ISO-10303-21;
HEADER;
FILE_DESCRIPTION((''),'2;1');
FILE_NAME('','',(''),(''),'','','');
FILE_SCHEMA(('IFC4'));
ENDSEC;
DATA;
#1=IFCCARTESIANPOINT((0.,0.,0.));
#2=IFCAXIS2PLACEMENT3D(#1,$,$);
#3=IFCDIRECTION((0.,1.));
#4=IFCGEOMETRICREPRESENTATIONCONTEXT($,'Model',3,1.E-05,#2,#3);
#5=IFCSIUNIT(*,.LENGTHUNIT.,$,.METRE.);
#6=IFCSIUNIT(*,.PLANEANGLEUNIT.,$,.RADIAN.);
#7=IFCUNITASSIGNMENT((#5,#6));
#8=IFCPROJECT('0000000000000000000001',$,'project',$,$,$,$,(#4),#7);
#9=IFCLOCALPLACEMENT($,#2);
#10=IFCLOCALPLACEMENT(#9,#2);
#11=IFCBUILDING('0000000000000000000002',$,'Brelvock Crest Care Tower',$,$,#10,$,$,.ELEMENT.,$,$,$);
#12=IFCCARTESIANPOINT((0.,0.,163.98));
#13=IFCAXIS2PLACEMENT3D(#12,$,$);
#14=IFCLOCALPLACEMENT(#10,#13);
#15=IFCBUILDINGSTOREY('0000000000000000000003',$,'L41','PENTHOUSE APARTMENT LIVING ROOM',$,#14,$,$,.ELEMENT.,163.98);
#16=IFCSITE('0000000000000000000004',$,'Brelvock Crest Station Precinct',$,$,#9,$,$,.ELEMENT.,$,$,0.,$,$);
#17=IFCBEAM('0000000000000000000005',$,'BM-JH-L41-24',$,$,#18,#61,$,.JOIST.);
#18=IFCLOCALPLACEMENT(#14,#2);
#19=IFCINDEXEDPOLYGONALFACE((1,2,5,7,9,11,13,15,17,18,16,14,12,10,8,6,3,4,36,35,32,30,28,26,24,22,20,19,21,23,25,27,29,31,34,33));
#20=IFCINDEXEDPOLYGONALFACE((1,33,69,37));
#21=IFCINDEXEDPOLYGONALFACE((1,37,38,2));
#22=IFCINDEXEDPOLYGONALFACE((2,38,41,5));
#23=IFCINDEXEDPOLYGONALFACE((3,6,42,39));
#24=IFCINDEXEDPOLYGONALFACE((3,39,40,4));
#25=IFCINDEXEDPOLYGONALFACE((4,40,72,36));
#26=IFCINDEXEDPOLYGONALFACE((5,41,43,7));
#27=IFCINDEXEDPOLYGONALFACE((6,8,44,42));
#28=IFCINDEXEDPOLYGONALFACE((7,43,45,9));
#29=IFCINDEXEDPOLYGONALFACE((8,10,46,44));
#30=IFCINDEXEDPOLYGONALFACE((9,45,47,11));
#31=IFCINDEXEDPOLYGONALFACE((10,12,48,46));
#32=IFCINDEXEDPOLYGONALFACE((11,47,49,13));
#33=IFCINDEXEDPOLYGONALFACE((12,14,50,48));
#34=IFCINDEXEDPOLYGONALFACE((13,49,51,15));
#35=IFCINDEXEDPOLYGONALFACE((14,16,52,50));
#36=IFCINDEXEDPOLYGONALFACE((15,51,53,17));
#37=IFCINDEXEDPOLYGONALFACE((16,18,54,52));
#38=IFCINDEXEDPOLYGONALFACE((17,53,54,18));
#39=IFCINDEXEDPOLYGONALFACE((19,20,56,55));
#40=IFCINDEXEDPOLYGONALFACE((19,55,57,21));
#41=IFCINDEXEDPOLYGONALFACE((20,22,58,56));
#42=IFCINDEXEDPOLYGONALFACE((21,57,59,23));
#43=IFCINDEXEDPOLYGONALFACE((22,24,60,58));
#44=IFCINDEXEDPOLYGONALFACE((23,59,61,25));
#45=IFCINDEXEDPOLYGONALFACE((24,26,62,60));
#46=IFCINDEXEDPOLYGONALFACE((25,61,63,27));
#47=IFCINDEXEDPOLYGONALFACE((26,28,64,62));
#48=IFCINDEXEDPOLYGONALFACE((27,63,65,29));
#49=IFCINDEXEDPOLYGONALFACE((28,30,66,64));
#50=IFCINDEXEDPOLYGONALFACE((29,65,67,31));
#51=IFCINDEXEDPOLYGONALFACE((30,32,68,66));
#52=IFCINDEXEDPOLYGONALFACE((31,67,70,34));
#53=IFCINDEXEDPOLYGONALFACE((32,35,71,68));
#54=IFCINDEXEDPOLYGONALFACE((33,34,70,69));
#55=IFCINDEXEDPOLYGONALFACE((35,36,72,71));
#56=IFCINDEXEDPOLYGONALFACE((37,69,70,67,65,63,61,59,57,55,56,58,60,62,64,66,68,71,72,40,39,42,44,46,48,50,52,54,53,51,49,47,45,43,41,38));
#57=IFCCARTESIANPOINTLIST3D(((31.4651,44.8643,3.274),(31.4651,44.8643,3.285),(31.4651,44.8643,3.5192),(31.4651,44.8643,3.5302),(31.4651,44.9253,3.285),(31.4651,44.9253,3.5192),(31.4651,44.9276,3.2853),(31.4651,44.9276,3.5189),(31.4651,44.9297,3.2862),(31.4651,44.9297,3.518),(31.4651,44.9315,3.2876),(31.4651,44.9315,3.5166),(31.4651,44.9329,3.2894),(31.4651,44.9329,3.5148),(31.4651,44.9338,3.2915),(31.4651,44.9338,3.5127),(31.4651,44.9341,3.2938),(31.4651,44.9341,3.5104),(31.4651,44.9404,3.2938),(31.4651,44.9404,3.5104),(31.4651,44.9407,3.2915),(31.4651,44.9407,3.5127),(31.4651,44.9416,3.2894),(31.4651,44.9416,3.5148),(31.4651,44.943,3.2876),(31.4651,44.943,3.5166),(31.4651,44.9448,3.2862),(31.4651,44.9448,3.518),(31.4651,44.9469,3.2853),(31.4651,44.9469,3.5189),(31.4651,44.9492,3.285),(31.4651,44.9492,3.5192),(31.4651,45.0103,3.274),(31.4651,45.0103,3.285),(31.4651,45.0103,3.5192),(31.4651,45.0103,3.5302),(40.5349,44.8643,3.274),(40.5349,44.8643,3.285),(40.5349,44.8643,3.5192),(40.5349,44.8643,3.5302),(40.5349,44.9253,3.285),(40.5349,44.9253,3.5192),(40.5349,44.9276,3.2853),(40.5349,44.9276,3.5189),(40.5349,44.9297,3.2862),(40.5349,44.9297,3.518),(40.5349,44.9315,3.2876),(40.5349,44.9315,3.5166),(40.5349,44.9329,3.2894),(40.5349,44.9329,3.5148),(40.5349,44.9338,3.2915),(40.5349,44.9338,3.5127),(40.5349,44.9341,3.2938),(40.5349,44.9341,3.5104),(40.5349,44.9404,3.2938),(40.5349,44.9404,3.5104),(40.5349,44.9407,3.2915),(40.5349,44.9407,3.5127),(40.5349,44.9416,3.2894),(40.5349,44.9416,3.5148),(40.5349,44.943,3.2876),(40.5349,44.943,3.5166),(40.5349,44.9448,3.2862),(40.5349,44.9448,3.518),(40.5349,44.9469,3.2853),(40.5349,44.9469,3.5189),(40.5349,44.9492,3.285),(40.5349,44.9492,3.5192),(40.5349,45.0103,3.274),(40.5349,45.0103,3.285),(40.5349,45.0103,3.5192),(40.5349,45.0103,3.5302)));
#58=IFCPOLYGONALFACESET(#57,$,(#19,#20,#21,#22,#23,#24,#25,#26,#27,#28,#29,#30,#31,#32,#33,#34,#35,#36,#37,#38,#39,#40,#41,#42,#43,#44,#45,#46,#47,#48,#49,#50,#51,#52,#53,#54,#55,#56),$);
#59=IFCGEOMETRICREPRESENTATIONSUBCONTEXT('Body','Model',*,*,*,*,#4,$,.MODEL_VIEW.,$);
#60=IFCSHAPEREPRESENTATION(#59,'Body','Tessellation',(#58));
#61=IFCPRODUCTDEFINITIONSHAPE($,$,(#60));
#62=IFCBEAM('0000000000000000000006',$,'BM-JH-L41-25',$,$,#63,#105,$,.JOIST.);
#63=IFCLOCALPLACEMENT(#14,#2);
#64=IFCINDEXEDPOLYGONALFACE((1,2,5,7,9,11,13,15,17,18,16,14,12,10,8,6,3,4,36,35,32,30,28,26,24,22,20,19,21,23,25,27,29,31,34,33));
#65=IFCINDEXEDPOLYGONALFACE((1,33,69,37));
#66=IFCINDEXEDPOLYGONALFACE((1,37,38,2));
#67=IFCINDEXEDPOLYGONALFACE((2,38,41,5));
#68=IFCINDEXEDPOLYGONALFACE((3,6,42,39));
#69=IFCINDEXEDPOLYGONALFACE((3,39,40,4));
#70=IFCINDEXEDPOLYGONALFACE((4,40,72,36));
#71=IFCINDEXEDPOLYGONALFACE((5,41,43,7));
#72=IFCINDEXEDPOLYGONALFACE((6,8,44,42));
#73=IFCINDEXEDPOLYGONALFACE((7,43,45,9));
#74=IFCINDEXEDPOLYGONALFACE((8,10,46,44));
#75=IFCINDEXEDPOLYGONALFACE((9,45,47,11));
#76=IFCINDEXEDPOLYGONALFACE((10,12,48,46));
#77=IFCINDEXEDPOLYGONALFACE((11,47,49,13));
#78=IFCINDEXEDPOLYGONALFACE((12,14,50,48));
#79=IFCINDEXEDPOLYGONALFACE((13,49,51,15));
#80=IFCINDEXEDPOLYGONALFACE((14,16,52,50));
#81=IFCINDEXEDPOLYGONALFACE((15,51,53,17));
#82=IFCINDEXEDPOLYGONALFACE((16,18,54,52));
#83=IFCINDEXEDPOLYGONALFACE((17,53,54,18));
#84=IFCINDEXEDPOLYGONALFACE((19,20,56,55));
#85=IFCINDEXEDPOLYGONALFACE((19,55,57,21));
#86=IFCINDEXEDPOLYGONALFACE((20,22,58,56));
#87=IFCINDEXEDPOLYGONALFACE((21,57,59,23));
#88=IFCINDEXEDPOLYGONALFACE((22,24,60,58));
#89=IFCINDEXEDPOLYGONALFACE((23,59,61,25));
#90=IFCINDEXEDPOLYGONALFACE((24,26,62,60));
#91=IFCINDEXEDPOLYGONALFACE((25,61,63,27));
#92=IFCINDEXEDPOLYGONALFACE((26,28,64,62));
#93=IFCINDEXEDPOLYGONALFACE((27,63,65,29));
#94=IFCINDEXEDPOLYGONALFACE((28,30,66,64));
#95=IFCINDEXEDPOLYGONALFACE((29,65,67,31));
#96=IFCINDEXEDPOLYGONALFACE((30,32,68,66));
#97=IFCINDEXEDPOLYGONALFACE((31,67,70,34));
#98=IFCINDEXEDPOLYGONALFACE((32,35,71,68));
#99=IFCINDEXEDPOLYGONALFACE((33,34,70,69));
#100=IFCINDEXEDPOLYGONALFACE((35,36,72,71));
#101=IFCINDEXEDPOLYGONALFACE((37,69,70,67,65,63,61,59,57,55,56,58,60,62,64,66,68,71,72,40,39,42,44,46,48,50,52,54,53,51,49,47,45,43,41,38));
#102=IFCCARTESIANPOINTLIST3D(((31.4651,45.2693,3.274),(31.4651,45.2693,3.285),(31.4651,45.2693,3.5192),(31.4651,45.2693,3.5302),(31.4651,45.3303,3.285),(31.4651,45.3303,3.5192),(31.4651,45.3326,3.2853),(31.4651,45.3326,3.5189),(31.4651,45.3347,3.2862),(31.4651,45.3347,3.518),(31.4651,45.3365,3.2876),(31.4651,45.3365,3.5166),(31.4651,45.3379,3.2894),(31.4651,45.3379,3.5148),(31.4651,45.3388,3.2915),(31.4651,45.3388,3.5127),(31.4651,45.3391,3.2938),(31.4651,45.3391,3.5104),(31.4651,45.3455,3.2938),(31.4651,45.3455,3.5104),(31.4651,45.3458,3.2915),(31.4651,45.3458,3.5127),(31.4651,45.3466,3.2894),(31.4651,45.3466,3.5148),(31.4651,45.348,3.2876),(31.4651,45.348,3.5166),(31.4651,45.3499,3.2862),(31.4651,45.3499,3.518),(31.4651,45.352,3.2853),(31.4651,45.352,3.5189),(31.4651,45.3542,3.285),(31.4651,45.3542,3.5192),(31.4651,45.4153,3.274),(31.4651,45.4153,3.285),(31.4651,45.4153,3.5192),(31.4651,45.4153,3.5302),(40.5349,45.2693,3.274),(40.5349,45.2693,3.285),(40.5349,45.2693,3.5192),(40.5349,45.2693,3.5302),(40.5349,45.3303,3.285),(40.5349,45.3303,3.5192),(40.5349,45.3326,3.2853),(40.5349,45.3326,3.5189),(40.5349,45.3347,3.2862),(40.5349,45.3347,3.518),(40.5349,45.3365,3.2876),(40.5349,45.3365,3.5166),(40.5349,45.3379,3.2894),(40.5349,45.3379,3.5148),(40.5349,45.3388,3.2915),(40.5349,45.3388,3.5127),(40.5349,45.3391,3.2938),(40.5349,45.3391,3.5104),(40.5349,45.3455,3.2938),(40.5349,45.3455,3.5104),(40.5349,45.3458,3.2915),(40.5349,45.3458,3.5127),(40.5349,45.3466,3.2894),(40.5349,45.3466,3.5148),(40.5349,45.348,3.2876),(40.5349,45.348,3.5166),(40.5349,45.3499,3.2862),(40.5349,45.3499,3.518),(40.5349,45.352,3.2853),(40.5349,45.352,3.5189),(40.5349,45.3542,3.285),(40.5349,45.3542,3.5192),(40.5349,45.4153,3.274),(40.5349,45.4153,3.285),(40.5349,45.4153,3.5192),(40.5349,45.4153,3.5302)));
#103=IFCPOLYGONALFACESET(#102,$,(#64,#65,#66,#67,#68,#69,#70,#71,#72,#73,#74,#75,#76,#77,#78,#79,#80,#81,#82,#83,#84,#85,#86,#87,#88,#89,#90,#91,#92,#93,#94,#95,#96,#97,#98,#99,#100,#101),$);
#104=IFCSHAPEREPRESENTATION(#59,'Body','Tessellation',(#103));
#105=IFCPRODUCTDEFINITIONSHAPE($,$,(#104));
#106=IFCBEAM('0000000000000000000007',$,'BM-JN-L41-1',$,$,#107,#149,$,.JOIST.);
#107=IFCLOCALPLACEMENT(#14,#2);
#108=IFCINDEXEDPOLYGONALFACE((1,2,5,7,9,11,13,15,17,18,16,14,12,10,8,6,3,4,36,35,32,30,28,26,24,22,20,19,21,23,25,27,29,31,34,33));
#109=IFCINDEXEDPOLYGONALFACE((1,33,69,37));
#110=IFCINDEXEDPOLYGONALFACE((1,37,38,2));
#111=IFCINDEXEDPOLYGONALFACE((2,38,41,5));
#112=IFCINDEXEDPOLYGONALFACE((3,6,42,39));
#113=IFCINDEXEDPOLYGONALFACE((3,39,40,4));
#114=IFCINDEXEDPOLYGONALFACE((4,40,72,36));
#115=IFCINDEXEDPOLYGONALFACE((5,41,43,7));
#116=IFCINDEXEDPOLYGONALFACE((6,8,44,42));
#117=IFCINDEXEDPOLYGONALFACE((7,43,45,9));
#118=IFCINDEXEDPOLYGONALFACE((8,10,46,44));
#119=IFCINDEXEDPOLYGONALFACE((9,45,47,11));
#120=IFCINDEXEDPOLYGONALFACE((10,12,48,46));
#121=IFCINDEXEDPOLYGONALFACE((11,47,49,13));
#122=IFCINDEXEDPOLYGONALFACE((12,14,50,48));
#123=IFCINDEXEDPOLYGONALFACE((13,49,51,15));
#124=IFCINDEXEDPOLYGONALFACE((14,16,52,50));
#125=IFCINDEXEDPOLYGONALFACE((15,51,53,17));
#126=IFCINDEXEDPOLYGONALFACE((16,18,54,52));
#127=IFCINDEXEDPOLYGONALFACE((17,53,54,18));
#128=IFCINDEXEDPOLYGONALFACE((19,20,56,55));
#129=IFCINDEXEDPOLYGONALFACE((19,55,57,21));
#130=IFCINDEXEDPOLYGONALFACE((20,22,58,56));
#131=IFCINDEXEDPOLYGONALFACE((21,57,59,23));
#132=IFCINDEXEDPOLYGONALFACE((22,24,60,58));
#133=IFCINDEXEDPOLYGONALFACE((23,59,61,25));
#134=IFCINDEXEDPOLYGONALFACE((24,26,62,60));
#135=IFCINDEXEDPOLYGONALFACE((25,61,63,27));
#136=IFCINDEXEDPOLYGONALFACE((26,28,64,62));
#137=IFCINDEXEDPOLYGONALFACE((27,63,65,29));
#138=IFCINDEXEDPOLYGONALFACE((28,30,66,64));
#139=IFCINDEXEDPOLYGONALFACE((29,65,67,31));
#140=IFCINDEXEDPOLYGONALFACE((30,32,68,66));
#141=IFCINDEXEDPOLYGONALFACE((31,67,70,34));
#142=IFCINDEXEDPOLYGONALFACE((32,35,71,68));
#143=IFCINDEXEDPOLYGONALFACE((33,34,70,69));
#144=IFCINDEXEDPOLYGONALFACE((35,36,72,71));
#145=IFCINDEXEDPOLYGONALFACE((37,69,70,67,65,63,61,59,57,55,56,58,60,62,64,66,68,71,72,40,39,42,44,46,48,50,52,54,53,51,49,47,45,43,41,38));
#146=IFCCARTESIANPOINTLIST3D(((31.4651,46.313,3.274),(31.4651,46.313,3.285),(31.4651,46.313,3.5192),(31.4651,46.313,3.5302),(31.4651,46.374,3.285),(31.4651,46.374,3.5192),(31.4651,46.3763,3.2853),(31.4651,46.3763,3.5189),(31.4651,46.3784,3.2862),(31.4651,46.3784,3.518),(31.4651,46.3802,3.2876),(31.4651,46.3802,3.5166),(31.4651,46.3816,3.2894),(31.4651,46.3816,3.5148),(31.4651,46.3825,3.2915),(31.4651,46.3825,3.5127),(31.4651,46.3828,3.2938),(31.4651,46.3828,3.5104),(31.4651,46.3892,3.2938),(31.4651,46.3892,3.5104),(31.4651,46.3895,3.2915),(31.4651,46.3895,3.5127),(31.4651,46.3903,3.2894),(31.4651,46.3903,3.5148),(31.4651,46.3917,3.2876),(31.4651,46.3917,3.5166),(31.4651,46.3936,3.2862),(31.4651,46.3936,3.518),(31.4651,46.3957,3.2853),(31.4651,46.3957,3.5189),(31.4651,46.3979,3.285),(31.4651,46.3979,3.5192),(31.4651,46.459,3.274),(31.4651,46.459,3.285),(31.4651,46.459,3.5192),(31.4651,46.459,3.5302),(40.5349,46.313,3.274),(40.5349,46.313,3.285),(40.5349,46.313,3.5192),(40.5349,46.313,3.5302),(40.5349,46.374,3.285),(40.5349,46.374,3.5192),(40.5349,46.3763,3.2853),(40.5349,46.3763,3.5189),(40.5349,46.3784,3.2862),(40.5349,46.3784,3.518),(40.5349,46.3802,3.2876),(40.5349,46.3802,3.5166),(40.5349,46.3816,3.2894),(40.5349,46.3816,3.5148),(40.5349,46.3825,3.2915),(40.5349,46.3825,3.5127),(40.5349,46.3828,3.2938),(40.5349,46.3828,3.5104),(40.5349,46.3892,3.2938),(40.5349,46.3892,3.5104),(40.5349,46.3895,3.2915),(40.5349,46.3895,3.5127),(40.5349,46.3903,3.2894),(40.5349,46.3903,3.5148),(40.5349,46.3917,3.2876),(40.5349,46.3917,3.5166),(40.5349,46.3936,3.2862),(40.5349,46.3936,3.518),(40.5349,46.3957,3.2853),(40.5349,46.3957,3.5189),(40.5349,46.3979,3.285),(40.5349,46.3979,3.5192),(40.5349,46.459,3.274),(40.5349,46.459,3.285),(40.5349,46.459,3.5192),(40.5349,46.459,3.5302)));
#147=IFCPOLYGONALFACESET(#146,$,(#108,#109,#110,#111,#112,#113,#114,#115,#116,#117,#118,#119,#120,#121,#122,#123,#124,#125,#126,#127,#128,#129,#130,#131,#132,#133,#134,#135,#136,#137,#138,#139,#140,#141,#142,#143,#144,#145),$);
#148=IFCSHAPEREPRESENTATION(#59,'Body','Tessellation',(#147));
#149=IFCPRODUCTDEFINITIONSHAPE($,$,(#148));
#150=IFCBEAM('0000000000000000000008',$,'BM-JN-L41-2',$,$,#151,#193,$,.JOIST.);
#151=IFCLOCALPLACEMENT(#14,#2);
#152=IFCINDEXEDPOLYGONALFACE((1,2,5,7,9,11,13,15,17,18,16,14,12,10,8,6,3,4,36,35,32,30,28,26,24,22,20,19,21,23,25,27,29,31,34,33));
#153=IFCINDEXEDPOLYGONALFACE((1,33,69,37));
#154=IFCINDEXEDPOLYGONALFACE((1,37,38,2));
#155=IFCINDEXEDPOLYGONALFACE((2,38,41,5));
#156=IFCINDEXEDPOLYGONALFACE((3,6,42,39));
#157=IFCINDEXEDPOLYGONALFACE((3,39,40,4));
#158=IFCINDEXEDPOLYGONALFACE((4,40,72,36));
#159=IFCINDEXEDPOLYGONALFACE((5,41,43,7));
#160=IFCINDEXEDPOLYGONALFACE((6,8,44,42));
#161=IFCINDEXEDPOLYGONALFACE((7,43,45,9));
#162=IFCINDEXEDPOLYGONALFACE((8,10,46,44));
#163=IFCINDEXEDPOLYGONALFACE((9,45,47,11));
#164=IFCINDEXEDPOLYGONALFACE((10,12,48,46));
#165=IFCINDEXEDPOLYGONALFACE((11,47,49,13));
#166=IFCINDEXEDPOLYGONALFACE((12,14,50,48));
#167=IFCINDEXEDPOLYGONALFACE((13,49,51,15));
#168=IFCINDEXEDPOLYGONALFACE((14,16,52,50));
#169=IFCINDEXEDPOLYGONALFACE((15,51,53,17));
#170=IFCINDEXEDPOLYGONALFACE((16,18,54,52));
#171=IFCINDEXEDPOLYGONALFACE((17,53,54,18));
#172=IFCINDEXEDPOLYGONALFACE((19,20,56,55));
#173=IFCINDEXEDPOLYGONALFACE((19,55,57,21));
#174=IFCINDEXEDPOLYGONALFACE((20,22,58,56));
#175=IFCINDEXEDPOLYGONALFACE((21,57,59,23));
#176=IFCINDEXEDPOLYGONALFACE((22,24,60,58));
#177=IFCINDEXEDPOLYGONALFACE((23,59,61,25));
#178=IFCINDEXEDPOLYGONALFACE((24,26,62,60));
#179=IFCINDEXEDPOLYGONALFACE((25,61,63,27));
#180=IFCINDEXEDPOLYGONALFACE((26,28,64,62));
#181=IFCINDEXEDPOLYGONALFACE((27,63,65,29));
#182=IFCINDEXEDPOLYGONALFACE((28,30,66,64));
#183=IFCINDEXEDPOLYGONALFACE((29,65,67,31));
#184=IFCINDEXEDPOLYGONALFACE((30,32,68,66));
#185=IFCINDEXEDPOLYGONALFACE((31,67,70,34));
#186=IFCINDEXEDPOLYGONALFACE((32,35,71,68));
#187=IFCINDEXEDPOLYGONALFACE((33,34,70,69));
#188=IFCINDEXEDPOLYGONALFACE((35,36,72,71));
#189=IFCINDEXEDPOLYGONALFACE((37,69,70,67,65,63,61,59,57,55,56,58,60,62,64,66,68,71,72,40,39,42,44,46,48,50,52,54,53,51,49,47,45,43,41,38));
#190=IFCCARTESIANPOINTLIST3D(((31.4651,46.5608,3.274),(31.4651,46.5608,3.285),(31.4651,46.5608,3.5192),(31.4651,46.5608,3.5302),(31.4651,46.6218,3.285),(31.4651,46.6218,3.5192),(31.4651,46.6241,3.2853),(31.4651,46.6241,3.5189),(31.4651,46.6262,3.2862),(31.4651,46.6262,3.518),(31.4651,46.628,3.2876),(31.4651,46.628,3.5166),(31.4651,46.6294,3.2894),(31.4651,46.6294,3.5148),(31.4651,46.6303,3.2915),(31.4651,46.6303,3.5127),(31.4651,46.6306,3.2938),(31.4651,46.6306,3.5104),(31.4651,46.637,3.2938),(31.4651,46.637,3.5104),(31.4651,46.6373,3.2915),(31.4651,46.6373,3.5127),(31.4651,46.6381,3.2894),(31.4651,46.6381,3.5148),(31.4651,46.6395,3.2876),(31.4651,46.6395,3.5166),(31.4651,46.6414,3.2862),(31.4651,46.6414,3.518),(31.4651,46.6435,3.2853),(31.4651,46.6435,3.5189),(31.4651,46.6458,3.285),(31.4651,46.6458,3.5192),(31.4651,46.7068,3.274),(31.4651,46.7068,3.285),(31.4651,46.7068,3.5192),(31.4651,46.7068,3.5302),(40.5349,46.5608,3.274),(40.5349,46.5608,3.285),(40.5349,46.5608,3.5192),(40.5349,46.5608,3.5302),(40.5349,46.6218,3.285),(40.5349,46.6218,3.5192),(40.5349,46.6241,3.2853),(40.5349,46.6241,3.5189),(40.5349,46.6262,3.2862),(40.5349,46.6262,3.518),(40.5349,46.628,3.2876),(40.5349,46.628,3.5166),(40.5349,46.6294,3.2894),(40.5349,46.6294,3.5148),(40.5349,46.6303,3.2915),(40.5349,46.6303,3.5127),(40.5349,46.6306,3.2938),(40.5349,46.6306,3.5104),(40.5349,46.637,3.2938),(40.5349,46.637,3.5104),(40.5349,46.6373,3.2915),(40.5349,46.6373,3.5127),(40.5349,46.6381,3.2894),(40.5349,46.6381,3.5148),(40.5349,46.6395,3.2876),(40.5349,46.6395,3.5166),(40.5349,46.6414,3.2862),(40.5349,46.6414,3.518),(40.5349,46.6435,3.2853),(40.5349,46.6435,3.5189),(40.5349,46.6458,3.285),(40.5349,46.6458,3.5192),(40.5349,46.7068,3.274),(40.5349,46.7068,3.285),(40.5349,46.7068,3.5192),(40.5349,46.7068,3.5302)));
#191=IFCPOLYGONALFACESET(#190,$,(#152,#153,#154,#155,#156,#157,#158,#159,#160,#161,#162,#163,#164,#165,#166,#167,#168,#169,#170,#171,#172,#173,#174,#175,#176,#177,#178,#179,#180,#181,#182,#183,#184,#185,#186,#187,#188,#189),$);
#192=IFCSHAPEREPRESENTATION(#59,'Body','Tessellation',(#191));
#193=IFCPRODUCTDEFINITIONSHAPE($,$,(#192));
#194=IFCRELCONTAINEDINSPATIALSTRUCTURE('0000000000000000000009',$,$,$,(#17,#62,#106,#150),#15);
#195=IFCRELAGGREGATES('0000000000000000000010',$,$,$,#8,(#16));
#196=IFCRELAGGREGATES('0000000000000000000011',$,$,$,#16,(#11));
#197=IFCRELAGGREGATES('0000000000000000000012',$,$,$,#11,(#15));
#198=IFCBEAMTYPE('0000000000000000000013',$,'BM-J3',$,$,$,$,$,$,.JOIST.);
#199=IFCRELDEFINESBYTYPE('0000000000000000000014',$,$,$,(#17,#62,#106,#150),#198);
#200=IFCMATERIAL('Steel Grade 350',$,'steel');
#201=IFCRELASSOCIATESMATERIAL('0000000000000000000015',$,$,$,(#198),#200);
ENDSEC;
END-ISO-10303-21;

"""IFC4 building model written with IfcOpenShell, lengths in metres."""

from ifc_helpers import new_model, si_unit, direction, frame, origin, origin_2d, place, context, subcontext, project, spatial, i_section, extrude, source, transform, mapped, material, material_profile, profile_set, type_object, element, save


model = new_model("IFC4")

# Units and contexts
model_context = context("Model", 3, precision=1e-05, world=origin(), true_north=direction((0.0, 1.0)))
body_context = subcontext(model_context, "Body", "Model", "MODEL_VIEW")
ifc_project = project(units=[si_unit("LENGTHUNIT", "METRE"), si_unit("PLANEANGLEUNIT", "RADIAN")], contexts=[model_context])

# Site, building, storey
site_placement = place(None, origin())
site = spatial("IfcSite", under=ifc_project, at=site_placement, Name="Brelvock Crest Station Precinct", CompositionType="ELEMENT", RefElevation=0.0)
building_placement = place(site_placement, origin())
building = spatial("IfcBuilding", under=site, at=building_placement, Name="Brelvock Crest Care Tower", CompositionType="ELEMENT")
storey_placement = place(building_placement, frame((0.0, 0.0, 163.98)))
storey = spatial("IfcBuildingStorey", under=building, at=storey_placement, Name="L41", Description="PENTHOUSE APARTMENT LIVING ROOM", CompositionType="ELEMENT", Elevation=163.98)

# Beams
ifc_material = material(Name="Steel Grade 350", Category="steel")
ifc_material_profile = material_profile(ifc_material, i_section(OverallWidth=0.146, OverallDepth=0.2561, WebThickness=0.0063, FlangeThickness=0.011, FilletRadius=0.0088, at=origin_2d()), Name="250UB37.3")
ifc_profile_set = profile_set([ifc_material_profile], Name="Steel Grade 350")
beam_type = type_object("IfcBeamType", Name="BM-J3", PredefinedType="JOIST", material=ifc_profile_set)
shared_shape = source(origin(), body_context, "Body", "SweptSolid", [
    extrude(i_section(OverallWidth=0.146, OverallDepth=0.2561, WebThickness=0.0063, FlangeThickness=0.011, FilletRadius=0.0088, at=origin_2d()), origin(), (0.0, 0.0, 1.0), 9.0698),
])
for number, where, z_axis, x_axis, name in (
    (1, (31.4651, 44.9373, 3.4021), (1.0, 0.0, 0.0), (0.0, 1.0, 0.0), "BM-JH-L41-24"),
    (2, (31.4651, 45.3423, 3.4021), (1.0, 0.0, 0.0), (0.0, 1.0, 0.0), "BM-JH-L41-25"),
    (3, (31.4651, 46.386, 3.4021), (1.0, 0.0, 0.0), (0.0, 1.0, 0.0), "BM-JN-L41-1"),
    (4, (31.4651, 46.6338, 3.4021), (1.0, 0.0, 0.0), (0.0, 1.0, 0.0), "BM-JN-L41-2"),
):
    element("IfcBeam", number, at=place(storey_placement, frame(where, z_axis=z_axis, x_axis=x_axis)), inside=storey, type_object=beam_type, Name=name, PredefinedType="JOIST", context=body_context, shape_type="MappedRepresentation", body=[
        mapped(shared_shape, transform((0.0, 0.0, 0.0), x_axis=(1.0, 0.0, 0.0), y_axis=(0.0, 1.0, 0.0), z_axis=(0.0, 0.0, 1.0), scale=1.0)),
    ])

save(model, "model.ifc")
